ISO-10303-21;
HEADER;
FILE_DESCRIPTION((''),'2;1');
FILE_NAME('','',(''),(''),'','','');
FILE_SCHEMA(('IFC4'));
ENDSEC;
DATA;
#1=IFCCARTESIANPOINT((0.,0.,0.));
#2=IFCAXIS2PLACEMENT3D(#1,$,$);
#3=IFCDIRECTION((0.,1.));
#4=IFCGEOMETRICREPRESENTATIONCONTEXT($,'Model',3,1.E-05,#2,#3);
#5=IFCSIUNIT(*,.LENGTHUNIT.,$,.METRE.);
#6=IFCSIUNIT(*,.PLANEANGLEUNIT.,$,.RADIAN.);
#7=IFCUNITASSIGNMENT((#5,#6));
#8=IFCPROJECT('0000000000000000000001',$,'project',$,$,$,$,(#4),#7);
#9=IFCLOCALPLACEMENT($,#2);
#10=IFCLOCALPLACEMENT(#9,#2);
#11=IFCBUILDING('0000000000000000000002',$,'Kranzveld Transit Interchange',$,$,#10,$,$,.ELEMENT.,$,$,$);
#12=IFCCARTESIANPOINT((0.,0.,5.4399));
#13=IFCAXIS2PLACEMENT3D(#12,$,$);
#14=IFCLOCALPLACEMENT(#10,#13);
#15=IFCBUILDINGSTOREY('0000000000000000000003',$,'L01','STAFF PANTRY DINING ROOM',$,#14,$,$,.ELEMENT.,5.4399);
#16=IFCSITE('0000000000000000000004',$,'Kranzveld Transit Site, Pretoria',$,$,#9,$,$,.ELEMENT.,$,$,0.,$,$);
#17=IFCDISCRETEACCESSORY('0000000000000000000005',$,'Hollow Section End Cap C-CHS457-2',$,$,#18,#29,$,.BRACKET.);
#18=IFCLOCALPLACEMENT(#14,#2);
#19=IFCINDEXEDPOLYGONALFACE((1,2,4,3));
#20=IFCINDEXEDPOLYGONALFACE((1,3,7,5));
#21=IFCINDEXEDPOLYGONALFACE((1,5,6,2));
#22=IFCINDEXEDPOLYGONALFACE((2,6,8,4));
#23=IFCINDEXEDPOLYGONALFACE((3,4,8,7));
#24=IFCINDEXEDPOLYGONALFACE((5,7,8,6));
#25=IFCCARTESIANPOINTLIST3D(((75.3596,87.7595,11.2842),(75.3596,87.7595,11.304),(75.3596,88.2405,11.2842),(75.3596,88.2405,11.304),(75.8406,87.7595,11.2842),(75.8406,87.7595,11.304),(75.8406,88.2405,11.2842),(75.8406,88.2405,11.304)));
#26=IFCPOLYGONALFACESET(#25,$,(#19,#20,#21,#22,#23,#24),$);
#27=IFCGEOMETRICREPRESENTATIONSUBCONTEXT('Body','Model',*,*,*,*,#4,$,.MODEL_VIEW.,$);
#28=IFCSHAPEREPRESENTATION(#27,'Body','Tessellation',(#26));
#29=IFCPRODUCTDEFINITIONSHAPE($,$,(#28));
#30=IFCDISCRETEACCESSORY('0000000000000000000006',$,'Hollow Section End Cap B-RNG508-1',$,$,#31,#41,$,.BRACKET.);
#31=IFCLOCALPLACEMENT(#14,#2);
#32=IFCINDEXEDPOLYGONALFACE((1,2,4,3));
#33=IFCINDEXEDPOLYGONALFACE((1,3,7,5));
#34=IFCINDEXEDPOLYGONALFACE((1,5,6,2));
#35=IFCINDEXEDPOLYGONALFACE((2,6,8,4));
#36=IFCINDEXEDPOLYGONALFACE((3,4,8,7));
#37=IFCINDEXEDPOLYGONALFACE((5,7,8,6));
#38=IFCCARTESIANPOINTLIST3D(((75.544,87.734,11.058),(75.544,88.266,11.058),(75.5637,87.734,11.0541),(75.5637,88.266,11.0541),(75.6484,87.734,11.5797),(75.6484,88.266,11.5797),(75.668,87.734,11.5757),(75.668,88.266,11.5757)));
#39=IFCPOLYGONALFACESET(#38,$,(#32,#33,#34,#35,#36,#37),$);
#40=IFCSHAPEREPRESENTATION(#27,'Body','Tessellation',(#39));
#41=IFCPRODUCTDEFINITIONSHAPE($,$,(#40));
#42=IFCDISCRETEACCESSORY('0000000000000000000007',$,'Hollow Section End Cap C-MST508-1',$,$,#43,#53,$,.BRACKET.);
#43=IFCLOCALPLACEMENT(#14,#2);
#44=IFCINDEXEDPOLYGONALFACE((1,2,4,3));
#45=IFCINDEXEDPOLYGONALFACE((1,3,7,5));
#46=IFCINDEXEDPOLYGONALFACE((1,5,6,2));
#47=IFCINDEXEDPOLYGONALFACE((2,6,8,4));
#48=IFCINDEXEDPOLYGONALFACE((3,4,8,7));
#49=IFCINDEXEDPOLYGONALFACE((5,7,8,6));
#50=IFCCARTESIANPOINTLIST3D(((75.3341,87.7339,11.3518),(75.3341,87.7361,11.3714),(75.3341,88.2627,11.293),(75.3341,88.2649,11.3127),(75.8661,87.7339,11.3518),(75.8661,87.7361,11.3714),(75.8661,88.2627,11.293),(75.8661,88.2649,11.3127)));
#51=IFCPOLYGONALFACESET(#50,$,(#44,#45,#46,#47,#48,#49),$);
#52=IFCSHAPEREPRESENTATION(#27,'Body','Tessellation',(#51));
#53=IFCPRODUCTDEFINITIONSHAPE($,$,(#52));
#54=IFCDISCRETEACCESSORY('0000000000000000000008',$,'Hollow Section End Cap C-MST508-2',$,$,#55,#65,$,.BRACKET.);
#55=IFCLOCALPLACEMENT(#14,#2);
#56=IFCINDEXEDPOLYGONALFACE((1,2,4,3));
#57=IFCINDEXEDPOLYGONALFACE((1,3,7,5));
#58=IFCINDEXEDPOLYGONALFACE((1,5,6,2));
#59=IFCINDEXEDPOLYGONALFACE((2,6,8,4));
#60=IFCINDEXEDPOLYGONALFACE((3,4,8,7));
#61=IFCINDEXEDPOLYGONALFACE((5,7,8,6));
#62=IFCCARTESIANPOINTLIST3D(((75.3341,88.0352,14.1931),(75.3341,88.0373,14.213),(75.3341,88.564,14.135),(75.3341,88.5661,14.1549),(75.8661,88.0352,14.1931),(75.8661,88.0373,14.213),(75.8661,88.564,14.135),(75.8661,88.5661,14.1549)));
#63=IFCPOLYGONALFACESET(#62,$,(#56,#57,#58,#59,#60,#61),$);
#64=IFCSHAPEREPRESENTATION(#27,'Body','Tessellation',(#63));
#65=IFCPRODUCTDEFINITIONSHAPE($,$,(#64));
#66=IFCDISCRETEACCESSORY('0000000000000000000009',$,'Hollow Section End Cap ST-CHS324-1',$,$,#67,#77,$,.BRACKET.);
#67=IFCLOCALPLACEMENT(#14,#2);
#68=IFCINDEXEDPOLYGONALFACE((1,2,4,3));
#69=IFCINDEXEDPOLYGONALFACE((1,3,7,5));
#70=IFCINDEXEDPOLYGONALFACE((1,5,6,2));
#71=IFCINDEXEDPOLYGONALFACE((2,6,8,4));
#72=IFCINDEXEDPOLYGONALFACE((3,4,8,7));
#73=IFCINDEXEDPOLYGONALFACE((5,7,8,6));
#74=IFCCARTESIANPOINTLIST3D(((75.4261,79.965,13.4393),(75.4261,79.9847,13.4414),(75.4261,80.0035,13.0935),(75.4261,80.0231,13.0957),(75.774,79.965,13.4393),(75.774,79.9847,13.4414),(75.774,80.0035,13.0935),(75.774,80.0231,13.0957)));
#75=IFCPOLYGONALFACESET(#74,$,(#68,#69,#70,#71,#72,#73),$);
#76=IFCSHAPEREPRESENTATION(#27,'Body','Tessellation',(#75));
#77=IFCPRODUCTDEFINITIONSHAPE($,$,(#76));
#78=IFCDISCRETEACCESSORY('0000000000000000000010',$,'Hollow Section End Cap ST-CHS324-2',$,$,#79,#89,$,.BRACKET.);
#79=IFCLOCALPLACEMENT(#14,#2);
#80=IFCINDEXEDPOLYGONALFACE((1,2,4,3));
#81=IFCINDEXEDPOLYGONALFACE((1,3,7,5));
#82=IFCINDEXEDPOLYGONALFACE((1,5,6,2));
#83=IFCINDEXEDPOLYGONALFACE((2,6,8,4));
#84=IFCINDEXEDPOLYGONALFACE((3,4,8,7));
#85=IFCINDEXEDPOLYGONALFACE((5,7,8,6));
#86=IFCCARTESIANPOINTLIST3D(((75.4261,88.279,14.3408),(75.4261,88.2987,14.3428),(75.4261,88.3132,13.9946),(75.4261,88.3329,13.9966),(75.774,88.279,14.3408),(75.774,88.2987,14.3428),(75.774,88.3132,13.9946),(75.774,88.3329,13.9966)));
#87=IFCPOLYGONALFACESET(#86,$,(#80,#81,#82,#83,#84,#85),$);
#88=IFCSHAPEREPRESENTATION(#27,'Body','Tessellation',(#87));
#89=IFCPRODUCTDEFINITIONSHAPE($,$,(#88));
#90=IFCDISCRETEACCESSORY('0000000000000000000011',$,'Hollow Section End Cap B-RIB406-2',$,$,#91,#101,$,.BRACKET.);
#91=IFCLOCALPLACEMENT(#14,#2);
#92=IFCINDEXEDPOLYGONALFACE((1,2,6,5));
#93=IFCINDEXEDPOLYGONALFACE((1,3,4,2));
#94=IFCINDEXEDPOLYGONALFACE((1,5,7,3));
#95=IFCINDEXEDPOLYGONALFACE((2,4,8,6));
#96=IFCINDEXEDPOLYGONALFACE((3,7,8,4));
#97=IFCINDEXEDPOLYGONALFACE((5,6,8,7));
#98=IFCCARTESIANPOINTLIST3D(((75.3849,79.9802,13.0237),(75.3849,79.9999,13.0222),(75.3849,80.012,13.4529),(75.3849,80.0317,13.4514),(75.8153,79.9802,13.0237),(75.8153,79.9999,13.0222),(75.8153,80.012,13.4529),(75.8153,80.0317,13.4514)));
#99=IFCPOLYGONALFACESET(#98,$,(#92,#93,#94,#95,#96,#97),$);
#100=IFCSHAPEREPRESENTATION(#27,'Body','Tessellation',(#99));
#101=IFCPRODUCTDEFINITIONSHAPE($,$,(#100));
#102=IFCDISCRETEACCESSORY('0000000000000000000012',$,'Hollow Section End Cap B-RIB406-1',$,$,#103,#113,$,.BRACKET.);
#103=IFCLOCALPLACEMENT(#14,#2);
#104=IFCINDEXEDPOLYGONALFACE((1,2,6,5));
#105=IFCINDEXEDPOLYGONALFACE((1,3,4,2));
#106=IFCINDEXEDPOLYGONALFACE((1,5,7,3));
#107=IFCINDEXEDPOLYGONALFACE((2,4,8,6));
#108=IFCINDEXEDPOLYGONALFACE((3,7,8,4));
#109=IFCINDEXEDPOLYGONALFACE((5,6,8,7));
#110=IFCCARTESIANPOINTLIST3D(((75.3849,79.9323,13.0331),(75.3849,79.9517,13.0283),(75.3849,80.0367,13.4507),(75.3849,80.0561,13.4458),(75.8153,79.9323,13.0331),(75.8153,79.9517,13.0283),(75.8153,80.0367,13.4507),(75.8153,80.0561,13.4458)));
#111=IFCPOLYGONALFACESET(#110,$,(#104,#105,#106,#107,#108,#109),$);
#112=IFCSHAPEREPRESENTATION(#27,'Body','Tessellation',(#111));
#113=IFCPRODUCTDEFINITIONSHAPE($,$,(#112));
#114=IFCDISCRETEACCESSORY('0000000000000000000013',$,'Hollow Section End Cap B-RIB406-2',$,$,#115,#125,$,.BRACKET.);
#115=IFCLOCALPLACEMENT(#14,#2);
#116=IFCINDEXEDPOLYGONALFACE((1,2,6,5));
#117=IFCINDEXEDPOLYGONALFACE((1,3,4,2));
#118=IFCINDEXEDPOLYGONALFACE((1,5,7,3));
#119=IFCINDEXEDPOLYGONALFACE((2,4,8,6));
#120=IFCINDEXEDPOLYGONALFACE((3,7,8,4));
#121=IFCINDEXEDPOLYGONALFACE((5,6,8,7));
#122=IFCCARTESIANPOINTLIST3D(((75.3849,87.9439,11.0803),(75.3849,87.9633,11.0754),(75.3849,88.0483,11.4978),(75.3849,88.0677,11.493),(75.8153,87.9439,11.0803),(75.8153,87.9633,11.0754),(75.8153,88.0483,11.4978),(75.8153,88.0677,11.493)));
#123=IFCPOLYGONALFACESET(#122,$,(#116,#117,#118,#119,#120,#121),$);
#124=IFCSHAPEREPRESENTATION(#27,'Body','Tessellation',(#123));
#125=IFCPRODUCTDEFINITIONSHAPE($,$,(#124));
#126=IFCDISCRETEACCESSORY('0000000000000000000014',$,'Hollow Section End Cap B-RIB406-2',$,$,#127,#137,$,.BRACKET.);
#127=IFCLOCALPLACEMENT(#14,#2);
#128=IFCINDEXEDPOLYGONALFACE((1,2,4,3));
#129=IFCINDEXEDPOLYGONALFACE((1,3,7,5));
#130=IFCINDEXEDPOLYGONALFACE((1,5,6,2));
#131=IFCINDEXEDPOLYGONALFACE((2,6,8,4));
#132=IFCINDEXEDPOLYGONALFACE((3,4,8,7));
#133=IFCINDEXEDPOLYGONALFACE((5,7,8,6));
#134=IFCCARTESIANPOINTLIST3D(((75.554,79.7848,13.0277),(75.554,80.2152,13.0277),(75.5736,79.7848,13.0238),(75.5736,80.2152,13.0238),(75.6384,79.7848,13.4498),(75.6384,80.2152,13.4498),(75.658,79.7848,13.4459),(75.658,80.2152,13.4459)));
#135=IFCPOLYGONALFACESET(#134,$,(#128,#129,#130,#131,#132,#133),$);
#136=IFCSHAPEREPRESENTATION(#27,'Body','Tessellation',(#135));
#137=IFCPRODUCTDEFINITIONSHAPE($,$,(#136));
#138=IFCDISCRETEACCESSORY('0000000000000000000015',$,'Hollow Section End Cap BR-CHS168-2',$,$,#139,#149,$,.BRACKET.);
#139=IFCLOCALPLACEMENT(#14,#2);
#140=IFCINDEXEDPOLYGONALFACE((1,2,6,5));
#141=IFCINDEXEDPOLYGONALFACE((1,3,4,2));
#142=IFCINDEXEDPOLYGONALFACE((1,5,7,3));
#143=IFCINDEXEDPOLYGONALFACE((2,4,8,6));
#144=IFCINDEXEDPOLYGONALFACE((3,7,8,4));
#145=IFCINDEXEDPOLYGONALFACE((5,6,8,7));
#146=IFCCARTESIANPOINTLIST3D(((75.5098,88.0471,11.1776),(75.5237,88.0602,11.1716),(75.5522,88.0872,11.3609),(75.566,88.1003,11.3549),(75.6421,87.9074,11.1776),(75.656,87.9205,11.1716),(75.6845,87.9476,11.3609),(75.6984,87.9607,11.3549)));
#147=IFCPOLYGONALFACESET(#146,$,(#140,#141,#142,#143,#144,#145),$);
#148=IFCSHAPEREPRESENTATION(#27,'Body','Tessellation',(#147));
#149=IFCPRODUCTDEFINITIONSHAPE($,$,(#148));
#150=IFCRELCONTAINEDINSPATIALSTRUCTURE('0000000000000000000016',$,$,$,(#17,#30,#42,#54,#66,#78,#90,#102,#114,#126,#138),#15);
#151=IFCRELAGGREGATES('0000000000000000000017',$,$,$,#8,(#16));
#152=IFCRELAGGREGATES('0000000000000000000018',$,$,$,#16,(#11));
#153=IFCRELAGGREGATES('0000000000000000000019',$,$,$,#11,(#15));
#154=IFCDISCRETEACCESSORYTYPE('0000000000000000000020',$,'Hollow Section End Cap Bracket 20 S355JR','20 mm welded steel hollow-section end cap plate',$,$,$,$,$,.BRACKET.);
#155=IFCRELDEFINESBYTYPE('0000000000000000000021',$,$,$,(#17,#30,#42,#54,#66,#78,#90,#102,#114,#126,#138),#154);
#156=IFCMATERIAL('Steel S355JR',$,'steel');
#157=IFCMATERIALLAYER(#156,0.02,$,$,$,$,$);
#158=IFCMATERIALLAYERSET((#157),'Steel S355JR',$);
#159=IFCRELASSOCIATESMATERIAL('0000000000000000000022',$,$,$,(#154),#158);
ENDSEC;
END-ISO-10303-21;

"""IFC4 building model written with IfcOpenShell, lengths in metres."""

from ifc_helpers import new_model, si_unit, direction, frame, origin, origin_2d, place, context, subcontext, project, spatial, rectangle, extrude, material, layer, layer_set, type_object, element, save


model = new_model("IFC4")

# Units and contexts
model_context = context("Model", 3, precision=1e-05, world=origin(), true_north=direction((0.0, 1.0)))
body_context = subcontext(model_context, "Body", "Model", "MODEL_VIEW")
ifc_project = project(units=[si_unit("LENGTHUNIT", "METRE"), si_unit("PLANEANGLEUNIT", "RADIAN")], contexts=[model_context])

# Site, building, storey
site_placement = place(None, origin())
site = spatial("IfcSite", under=ifc_project, at=site_placement, Name="Kranzveld Transit Site, Pretoria", CompositionType="ELEMENT", RefElevation=0.0)
building_placement = place(site_placement, origin())
building = spatial("IfcBuilding", under=site, at=building_placement, Name="Kranzveld Transit Interchange", CompositionType="ELEMENT")
storey_placement = place(building_placement, frame((0.0, 0.0, 5.4399)))
storey = spatial("IfcBuildingStorey", under=building, at=storey_placement, Name="L01", Description="STAFF PANTRY DINING ROOM", CompositionType="ELEMENT", Elevation=5.4399)

# Discrete accessories
ifc_material_1 = material(Name="Steel S355JR", Category="steel")
ifc_layer_1 = layer(ifc_material_1, 0.02)
ifc_layer_set_1 = layer_set([ifc_layer_1], Name="Steel S355JR")
discrete_accessory_type = type_object("IfcDiscreteAccessoryType", Name="Hollow Section End Cap Bracket 20 S355JR", Description="20 mm welded steel hollow-section end cap plate", PredefinedType="BRACKET", material=ifc_layer_set_1)
discrete_accessory_1_placement = place(storey_placement, frame((75.6001, 88.0, 11.2842), z_axis=(0.0, 0.0, 1.0), x_axis=(1.0, 0.0, 0.0)))
element("IfcDiscreteAccessory", 1, at=discrete_accessory_1_placement, inside=storey, type_object=discrete_accessory_type, Name="Hollow Section End Cap C-CHS457-2", PredefinedType="BRACKET", context=body_context, shape_type="SweptSolid", body=[
    extrude(rectangle(XDim=0.481, YDim=0.481, at=origin_2d()), origin(), (0.0, 0.0, 1.0), 0.0198),
])
discrete_accessory_2_placement = place(storey_placement, frame((75.5962, 88.0, 11.3188), z_axis=(0.980581, 0.0, -0.196116), x_axis=(0.0, 1.0, 0.0)))
element("IfcDiscreteAccessory", 2, at=discrete_accessory_2_placement, inside=storey, type_object=discrete_accessory_type, Name="Hollow Section End Cap B-RNG508-1", PredefinedType="BRACKET", context=body_context, shape_type="SweptSolid", body=[
    extrude(rectangle(XDim=0.532, YDim=0.532, at=origin_2d()), origin(), (0.0, 0.0, 1.0), 0.02),
])
discrete_accessory_3_placement = place(storey_placement, frame((75.6001, 88.0005, 11.342), z_axis=(0.0, -0.110432, -0.993884), x_axis=(1.0, 0.0, 0.0)))
element("IfcDiscreteAccessory", 3, at=discrete_accessory_3_placement, inside=storey, type_object=discrete_accessory_type, Name="Hollow Section End Cap C-MST508-1", PredefinedType="BRACKET", context=body_context, shape_type="SweptSolid", body=[
    extrude(rectangle(XDim=0.532, YDim=0.532, at=origin_2d()), origin(), (0.0, 0.0, 1.0), 0.0198),
])
discrete_accessory_4_placement = place(storey_placement, frame((75.6001, 88.2996, 14.1641), z_axis=(0.0, 0.109101, 0.994031), x_axis=(-1.0, 0.0, 0.0)))
element("IfcDiscreteAccessory", 4, at=discrete_accessory_4_placement, inside=storey, type_object=discrete_accessory_type, Name="Hollow Section End Cap C-MST508-2", PredefinedType="BRACKET", context=body_context, shape_type="SweptSolid", body=[
    extrude(rectangle(XDim=0.532, YDim=0.532, at=origin_2d()), origin(), (0.0, 0.0, 1.0), 0.02),
])
for number, where, z_axis, x_axis, name in (
    (5, (75.6001, 80.0039, 13.2686), (0.0, -0.993884, -0.110432), (1.0, 0.0, 0.0), "Hollow Section End Cap ST-CHS324-1"),
    (6, (75.6001, 88.2961, 14.1677), (0.0, 0.995158, 0.098287), (-1.0, 0.0, 0.0), "Hollow Section End Cap ST-CHS324-2"),
):
    element("IfcDiscreteAccessory", number, at=place(storey_placement, frame(where, z_axis=z_axis, x_axis=x_axis)), inside=storey, type_object=discrete_accessory_type, Name=name, PredefinedType="BRACKET", context=body_context, shape_type="SweptSolid", body=[
        extrude(rectangle(XDim=0.3479, YDim=0.3479, at=origin_2d()), origin(), (0.0, 0.0, 1.0), 0.0198),
    ])
discrete_accessory_5_placement = place(storey_placement, frame((75.6001, 79.9961, 13.2383), z_axis=(0.0, 0.997268, -0.073872), x_axis=(-1.0, 0.0, 0.0)))
element("IfcDiscreteAccessory", 7, at=discrete_accessory_5_placement, inside=storey, type_object=discrete_accessory_type, Name="Hollow Section End Cap B-RIB406-2", PredefinedType="BRACKET", context=body_context, shape_type="SweptSolid", body=[
    extrude(rectangle(XDim=0.4304, YDim=0.4304, at=origin_2d()), origin(), (0.0, 0.0, 1.0), 0.0198),
])
for number, where, z_axis, x_axis, name in (
    (8, (75.6001, 80.0039, 13.2371), (0.0, -0.970143, 0.242536), (1.0, 0.0, 0.0), "Hollow Section End Cap B-RIB406-1"),
    (9, (75.6001, 87.9961, 11.2891), (0.0, 0.970143, -0.242536), (-1.0, 0.0, 0.0), "Hollow Section End Cap B-RIB406-2"),
    (10, (75.5962, 80.0, 13.2388), (0.980581, 0.0, -0.196116), (0.0, 1.0, 0.0), "Hollow Section End Cap B-RIB406-2"),
):
    element("IfcDiscreteAccessory", number, at=place(storey_placement, frame(where, z_axis=z_axis, x_axis=x_axis)), inside=storey, type_object=discrete_accessory_type, Name=name, PredefinedType="BRACKET", context=body_context, shape_type="SweptSolid", body=[
        extrude(rectangle(XDim=0.4304, YDim=0.4304, at=origin_2d()), origin(), (0.0, 0.0, 1.0), 0.02),
    ])
discrete_accessory_6_placement = place(storey_placement, frame((75.5972, 87.9973, 11.2693), z_axis=(0.691735, 0.655328, -0.303393), x_axis=(-0.687745, 0.725953, 0.0)))
element("IfcDiscreteAccessory", 11, at=discrete_accessory_6_placement, inside=storey, type_object=discrete_accessory_type, Name="Hollow Section End Cap BR-CHS168-2", PredefinedType="BRACKET", context=body_context, shape_type="SweptSolid", body=[
    extrude(rectangle(XDim=0.1924, YDim=0.1924, at=origin_2d()), origin(), (0.0, 0.0, 1.0), 0.02),
])

save(model, "model.ifc")
